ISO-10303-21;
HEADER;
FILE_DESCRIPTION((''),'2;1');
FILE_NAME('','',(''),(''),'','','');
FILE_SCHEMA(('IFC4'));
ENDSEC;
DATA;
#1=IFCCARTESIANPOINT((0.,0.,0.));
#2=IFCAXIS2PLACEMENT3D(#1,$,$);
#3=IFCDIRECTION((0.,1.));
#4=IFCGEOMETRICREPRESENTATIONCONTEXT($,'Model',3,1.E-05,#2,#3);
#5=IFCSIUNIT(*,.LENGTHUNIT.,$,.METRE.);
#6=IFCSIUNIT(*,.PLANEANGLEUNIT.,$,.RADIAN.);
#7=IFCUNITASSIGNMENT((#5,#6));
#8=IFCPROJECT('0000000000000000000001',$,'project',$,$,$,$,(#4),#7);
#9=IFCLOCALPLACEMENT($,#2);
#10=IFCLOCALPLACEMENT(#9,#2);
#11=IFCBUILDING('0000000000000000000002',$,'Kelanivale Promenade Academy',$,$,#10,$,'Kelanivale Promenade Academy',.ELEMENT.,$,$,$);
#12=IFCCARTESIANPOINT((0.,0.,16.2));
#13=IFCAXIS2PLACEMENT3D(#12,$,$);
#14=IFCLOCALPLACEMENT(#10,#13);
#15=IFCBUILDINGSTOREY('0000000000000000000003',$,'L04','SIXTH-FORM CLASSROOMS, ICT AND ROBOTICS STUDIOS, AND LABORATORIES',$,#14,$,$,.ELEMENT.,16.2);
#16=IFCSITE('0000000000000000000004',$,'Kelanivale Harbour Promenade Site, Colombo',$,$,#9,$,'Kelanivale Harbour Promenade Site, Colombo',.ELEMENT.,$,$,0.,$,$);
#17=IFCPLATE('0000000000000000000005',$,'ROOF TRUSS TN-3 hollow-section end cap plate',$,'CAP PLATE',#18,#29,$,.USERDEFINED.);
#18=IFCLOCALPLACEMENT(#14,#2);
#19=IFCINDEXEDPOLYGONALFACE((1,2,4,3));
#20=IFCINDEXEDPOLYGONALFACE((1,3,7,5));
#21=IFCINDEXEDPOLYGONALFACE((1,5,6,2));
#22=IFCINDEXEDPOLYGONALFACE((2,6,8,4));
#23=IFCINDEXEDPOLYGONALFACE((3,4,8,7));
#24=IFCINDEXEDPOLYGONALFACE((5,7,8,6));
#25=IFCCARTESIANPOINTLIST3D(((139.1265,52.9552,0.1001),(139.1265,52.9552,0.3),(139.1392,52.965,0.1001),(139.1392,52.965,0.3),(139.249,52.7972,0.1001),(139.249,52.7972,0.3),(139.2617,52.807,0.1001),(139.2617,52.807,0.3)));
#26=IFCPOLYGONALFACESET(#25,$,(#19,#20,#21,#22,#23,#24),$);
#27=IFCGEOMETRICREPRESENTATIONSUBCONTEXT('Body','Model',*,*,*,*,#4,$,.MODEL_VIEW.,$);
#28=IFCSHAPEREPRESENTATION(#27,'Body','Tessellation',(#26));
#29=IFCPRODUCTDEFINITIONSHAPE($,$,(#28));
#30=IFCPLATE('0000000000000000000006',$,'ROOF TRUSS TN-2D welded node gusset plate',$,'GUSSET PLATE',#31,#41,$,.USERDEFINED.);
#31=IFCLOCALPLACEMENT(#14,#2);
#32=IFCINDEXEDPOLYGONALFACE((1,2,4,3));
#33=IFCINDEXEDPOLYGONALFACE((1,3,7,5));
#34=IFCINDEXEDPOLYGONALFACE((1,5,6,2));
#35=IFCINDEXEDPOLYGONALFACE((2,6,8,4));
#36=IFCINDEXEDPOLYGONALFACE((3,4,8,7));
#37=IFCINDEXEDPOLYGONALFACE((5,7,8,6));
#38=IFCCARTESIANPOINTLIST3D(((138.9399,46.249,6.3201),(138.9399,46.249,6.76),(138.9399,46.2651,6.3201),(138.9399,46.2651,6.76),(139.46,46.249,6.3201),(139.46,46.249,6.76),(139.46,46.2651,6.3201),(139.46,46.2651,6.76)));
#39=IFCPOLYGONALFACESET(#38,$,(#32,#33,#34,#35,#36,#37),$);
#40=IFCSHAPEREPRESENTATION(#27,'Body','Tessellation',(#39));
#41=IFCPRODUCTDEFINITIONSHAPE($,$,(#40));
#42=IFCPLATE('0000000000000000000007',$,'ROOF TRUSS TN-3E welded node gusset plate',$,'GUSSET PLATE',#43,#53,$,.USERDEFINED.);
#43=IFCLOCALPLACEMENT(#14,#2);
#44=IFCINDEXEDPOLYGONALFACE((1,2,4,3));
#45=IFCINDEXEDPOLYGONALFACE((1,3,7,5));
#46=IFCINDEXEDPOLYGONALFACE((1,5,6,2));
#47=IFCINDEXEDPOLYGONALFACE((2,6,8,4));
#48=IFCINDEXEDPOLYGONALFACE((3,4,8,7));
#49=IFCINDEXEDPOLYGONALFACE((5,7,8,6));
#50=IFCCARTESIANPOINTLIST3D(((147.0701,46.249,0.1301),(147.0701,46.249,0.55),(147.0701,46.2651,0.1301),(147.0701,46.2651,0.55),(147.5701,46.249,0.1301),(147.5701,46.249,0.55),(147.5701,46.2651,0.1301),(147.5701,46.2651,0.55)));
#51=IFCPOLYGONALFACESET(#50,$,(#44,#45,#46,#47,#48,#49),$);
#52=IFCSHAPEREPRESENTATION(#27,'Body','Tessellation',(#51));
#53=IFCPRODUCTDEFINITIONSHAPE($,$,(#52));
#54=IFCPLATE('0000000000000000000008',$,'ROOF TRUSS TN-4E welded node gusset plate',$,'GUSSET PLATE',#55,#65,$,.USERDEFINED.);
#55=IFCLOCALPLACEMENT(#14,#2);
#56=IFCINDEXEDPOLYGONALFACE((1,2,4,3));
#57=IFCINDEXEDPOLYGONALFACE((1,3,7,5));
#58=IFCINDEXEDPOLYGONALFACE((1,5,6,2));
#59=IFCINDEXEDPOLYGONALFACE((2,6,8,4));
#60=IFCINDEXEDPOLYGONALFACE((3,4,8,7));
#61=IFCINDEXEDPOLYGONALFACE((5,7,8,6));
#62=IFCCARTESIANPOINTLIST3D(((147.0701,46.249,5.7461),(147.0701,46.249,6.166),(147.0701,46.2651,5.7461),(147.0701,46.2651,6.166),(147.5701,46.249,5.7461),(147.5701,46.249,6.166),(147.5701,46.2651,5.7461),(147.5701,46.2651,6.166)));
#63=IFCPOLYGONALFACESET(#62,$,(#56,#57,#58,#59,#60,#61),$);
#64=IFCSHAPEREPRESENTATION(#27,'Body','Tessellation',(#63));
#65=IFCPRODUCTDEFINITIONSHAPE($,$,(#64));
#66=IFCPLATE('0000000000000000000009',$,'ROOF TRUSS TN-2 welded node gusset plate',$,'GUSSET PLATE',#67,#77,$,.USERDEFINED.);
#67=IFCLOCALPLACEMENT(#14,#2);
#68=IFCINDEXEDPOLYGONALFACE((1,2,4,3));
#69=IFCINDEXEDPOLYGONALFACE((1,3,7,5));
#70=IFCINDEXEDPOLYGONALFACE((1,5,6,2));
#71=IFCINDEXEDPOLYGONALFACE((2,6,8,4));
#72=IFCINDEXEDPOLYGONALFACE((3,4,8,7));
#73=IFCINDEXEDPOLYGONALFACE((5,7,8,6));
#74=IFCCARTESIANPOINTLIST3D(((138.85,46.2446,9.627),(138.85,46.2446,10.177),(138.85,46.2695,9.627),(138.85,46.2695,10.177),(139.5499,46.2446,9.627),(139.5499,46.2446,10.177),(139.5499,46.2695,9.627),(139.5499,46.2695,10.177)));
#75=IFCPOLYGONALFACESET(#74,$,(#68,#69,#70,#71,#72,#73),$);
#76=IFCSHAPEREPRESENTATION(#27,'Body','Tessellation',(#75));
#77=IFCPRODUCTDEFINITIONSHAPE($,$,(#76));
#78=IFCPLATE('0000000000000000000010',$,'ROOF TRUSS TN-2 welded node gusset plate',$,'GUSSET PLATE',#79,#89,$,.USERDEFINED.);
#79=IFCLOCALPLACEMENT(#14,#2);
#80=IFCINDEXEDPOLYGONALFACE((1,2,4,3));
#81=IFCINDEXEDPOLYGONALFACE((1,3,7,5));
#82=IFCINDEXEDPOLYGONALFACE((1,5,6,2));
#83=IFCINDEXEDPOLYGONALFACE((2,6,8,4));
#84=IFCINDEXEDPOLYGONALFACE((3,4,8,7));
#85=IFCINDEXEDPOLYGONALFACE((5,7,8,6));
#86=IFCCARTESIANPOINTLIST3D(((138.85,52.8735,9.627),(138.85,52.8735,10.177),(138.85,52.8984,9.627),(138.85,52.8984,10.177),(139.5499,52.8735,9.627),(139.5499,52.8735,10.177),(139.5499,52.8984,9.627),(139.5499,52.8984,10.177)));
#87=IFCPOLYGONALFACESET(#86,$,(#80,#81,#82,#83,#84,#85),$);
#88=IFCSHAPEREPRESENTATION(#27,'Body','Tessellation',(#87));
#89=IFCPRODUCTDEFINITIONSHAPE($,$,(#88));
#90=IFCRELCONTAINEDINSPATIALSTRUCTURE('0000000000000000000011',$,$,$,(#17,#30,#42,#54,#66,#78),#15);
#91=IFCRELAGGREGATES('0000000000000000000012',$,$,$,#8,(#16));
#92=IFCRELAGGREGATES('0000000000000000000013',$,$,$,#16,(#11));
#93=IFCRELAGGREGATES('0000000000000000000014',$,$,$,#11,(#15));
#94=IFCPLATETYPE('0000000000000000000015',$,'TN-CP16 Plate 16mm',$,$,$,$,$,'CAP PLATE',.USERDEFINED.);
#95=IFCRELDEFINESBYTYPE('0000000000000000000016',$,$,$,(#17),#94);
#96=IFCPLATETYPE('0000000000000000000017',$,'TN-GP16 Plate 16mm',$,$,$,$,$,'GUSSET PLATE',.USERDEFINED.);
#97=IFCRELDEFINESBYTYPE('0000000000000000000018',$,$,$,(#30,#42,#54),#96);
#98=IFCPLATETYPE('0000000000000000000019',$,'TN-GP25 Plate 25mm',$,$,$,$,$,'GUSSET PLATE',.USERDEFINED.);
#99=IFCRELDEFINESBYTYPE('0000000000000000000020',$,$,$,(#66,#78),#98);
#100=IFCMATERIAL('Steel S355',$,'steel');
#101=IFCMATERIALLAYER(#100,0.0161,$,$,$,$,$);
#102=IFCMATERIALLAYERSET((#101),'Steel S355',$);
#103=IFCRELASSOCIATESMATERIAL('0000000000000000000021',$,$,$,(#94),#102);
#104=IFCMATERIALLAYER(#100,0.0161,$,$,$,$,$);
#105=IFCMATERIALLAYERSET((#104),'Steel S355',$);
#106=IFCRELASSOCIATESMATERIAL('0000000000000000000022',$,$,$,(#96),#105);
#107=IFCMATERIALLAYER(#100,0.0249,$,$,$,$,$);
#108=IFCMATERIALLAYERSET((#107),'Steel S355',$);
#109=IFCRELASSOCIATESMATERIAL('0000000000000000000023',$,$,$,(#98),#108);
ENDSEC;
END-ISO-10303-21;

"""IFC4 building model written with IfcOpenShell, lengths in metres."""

from ifc_helpers import new_model, si_unit, direction, frame, origin, origin_2d, place, context, subcontext, project, spatial, rectangle, extrude, material, layer, layer_set, type_object, element, save


model = new_model("IFC4")

# Units and contexts
model_context = context("Model", 3, precision=1e-05, world=origin(), true_north=direction((0.0, 1.0)))
body_context = subcontext(model_context, "Body", "Model", "MODEL_VIEW")
ifc_project = project(units=[si_unit("LENGTHUNIT", "METRE"), si_unit("PLANEANGLEUNIT", "RADIAN")], contexts=[model_context])

# Site, building, storey
site_placement = place(None, origin())
site = spatial("IfcSite", under=ifc_project, at=site_placement, Name="Kelanivale Harbour Promenade Site, Colombo", LongName="Kelanivale Harbour Promenade Site, Colombo", CompositionType="ELEMENT", RefElevation=0.0)
building_placement = place(site_placement, origin())
building = spatial("IfcBuilding", under=site, at=building_placement, Name="Kelanivale Promenade Academy", LongName="Kelanivale Promenade Academy", CompositionType="ELEMENT")
storey_placement = place(building_placement, frame((0.0, 0.0, 16.2)))
storey = spatial("IfcBuildingStorey", under=building, at=storey_placement, Name="L04", Description="SIXTH-FORM CLASSROOMS, ICT AND ROBOTICS STUDIOS, AND LABORATORIES", CompositionType="ELEMENT", Elevation=16.2)

# Shared definitions
ifc_material_1 = material(Name="Steel S355", Category="steel")

# Plates
ifc_layer_1 = layer(ifc_material_1, 0.0161)
ifc_layer_set_1 = layer_set([ifc_layer_1], Name="Steel S355")
plate_type_1 = type_object("IfcPlateType", Name="TN-CP16 Plate 16mm", ElementType="CAP PLATE", PredefinedType="USERDEFINED", material=ifc_layer_set_1)
plate_1_placement = place(storey_placement, frame((139.1941, 52.8811, 0.1001), z_axis=(0.0, 0.0, 1.0), x_axis=(-0.790262, -0.612769, 0.0)))
element("IfcPlate", 1, at=plate_1_placement, inside=storey, type_object=plate_type_1, Name="ROOF TRUSS TN-3 hollow-section end cap plate", ObjectType="CAP PLATE", PredefinedType="USERDEFINED", context=body_context, shape_type="SweptSolid", body=[
    extrude(rectangle(XDim=0.0161, YDim=0.2, at=origin_2d()), origin(), (0.0, 0.0, 1.0), 0.2),
])
ifc_layer_2 = layer(ifc_material_1, 0.0161)
ifc_layer_set_2 = layer_set([ifc_layer_2], Name="Steel S355")
plate_type_2 = type_object("IfcPlateType", Name="TN-GP16 Plate 16mm", ElementType="GUSSET PLATE", PredefinedType="USERDEFINED", material=ifc_layer_set_2)
plate_2_placement = place(storey_placement, frame((139.2, 46.2571, 6.3201), z_axis=(0.0, 0.0, 1.0), x_axis=(1.0, 0.0, 0.0)))
element("IfcPlate", 2, at=plate_2_placement, inside=storey, type_object=plate_type_2, Name="ROOF TRUSS TN-2D welded node gusset plate", ObjectType="GUSSET PLATE", PredefinedType="USERDEFINED", context=body_context, shape_type="SweptSolid", body=[
    extrude(rectangle(XDim=0.52, YDim=0.0161, at=origin_2d()), origin(), (0.0, 0.0, 1.0), 0.4399),
])
for number, where, z_axis, x_axis, name in (
    (3, (147.3201, 46.2571, 0.1301), (0.0, 0.0, 1.0), (1.0, 0.0, 0.0), "ROOF TRUSS TN-3E welded node gusset plate"),
    (4, (147.3201, 46.2571, 5.7461), (0.0, 0.0, 1.0), (1.0, 0.0, 0.0), "ROOF TRUSS TN-4E welded node gusset plate"),
):
    element("IfcPlate", number, at=place(storey_placement, frame(where, z_axis=z_axis, x_axis=x_axis)), inside=storey, type_object=plate_type_2, Name=name, ObjectType="GUSSET PLATE", PredefinedType="USERDEFINED", context=body_context, shape_type="SweptSolid", body=[
        extrude(rectangle(XDim=0.5, YDim=0.0161, at=origin_2d()), origin(), (0.0, 0.0, 1.0), 0.4199),
    ])
ifc_layer_3 = layer(ifc_material_1, 0.0249)
ifc_layer_set_3 = layer_set([ifc_layer_3], Name="Steel S355")
plate_type_3 = type_object("IfcPlateType", Name="TN-GP25 Plate 25mm", ElementType="GUSSET PLATE", PredefinedType="USERDEFINED", material=ifc_layer_set_3)
for number, where, z_axis, x_axis, name in (
    (5, (139.2, 46.2571, 9.627), (0.0, 0.0, 1.0), (1.0, 0.0, 0.0), "ROOF TRUSS TN-2 welded node gusset plate"),
    (6, (139.2, 52.886, 9.627), (0.0, 0.0, 1.0), (1.0, 0.0, 0.0), "ROOF TRUSS TN-2 welded node gusset plate"),
):
    element("IfcPlate", number, at=place(storey_placement, frame(where, z_axis=z_axis, x_axis=x_axis)), inside=storey, type_object=plate_type_3, Name=name, ObjectType="GUSSET PLATE", PredefinedType="USERDEFINED", context=body_context, shape_type="SweptSolid", body=[
        extrude(rectangle(XDim=0.7, YDim=0.0249, at=origin_2d()), origin(), (0.0, 0.0, 1.0), 0.55),
    ])

save(model, "model.ifc")
